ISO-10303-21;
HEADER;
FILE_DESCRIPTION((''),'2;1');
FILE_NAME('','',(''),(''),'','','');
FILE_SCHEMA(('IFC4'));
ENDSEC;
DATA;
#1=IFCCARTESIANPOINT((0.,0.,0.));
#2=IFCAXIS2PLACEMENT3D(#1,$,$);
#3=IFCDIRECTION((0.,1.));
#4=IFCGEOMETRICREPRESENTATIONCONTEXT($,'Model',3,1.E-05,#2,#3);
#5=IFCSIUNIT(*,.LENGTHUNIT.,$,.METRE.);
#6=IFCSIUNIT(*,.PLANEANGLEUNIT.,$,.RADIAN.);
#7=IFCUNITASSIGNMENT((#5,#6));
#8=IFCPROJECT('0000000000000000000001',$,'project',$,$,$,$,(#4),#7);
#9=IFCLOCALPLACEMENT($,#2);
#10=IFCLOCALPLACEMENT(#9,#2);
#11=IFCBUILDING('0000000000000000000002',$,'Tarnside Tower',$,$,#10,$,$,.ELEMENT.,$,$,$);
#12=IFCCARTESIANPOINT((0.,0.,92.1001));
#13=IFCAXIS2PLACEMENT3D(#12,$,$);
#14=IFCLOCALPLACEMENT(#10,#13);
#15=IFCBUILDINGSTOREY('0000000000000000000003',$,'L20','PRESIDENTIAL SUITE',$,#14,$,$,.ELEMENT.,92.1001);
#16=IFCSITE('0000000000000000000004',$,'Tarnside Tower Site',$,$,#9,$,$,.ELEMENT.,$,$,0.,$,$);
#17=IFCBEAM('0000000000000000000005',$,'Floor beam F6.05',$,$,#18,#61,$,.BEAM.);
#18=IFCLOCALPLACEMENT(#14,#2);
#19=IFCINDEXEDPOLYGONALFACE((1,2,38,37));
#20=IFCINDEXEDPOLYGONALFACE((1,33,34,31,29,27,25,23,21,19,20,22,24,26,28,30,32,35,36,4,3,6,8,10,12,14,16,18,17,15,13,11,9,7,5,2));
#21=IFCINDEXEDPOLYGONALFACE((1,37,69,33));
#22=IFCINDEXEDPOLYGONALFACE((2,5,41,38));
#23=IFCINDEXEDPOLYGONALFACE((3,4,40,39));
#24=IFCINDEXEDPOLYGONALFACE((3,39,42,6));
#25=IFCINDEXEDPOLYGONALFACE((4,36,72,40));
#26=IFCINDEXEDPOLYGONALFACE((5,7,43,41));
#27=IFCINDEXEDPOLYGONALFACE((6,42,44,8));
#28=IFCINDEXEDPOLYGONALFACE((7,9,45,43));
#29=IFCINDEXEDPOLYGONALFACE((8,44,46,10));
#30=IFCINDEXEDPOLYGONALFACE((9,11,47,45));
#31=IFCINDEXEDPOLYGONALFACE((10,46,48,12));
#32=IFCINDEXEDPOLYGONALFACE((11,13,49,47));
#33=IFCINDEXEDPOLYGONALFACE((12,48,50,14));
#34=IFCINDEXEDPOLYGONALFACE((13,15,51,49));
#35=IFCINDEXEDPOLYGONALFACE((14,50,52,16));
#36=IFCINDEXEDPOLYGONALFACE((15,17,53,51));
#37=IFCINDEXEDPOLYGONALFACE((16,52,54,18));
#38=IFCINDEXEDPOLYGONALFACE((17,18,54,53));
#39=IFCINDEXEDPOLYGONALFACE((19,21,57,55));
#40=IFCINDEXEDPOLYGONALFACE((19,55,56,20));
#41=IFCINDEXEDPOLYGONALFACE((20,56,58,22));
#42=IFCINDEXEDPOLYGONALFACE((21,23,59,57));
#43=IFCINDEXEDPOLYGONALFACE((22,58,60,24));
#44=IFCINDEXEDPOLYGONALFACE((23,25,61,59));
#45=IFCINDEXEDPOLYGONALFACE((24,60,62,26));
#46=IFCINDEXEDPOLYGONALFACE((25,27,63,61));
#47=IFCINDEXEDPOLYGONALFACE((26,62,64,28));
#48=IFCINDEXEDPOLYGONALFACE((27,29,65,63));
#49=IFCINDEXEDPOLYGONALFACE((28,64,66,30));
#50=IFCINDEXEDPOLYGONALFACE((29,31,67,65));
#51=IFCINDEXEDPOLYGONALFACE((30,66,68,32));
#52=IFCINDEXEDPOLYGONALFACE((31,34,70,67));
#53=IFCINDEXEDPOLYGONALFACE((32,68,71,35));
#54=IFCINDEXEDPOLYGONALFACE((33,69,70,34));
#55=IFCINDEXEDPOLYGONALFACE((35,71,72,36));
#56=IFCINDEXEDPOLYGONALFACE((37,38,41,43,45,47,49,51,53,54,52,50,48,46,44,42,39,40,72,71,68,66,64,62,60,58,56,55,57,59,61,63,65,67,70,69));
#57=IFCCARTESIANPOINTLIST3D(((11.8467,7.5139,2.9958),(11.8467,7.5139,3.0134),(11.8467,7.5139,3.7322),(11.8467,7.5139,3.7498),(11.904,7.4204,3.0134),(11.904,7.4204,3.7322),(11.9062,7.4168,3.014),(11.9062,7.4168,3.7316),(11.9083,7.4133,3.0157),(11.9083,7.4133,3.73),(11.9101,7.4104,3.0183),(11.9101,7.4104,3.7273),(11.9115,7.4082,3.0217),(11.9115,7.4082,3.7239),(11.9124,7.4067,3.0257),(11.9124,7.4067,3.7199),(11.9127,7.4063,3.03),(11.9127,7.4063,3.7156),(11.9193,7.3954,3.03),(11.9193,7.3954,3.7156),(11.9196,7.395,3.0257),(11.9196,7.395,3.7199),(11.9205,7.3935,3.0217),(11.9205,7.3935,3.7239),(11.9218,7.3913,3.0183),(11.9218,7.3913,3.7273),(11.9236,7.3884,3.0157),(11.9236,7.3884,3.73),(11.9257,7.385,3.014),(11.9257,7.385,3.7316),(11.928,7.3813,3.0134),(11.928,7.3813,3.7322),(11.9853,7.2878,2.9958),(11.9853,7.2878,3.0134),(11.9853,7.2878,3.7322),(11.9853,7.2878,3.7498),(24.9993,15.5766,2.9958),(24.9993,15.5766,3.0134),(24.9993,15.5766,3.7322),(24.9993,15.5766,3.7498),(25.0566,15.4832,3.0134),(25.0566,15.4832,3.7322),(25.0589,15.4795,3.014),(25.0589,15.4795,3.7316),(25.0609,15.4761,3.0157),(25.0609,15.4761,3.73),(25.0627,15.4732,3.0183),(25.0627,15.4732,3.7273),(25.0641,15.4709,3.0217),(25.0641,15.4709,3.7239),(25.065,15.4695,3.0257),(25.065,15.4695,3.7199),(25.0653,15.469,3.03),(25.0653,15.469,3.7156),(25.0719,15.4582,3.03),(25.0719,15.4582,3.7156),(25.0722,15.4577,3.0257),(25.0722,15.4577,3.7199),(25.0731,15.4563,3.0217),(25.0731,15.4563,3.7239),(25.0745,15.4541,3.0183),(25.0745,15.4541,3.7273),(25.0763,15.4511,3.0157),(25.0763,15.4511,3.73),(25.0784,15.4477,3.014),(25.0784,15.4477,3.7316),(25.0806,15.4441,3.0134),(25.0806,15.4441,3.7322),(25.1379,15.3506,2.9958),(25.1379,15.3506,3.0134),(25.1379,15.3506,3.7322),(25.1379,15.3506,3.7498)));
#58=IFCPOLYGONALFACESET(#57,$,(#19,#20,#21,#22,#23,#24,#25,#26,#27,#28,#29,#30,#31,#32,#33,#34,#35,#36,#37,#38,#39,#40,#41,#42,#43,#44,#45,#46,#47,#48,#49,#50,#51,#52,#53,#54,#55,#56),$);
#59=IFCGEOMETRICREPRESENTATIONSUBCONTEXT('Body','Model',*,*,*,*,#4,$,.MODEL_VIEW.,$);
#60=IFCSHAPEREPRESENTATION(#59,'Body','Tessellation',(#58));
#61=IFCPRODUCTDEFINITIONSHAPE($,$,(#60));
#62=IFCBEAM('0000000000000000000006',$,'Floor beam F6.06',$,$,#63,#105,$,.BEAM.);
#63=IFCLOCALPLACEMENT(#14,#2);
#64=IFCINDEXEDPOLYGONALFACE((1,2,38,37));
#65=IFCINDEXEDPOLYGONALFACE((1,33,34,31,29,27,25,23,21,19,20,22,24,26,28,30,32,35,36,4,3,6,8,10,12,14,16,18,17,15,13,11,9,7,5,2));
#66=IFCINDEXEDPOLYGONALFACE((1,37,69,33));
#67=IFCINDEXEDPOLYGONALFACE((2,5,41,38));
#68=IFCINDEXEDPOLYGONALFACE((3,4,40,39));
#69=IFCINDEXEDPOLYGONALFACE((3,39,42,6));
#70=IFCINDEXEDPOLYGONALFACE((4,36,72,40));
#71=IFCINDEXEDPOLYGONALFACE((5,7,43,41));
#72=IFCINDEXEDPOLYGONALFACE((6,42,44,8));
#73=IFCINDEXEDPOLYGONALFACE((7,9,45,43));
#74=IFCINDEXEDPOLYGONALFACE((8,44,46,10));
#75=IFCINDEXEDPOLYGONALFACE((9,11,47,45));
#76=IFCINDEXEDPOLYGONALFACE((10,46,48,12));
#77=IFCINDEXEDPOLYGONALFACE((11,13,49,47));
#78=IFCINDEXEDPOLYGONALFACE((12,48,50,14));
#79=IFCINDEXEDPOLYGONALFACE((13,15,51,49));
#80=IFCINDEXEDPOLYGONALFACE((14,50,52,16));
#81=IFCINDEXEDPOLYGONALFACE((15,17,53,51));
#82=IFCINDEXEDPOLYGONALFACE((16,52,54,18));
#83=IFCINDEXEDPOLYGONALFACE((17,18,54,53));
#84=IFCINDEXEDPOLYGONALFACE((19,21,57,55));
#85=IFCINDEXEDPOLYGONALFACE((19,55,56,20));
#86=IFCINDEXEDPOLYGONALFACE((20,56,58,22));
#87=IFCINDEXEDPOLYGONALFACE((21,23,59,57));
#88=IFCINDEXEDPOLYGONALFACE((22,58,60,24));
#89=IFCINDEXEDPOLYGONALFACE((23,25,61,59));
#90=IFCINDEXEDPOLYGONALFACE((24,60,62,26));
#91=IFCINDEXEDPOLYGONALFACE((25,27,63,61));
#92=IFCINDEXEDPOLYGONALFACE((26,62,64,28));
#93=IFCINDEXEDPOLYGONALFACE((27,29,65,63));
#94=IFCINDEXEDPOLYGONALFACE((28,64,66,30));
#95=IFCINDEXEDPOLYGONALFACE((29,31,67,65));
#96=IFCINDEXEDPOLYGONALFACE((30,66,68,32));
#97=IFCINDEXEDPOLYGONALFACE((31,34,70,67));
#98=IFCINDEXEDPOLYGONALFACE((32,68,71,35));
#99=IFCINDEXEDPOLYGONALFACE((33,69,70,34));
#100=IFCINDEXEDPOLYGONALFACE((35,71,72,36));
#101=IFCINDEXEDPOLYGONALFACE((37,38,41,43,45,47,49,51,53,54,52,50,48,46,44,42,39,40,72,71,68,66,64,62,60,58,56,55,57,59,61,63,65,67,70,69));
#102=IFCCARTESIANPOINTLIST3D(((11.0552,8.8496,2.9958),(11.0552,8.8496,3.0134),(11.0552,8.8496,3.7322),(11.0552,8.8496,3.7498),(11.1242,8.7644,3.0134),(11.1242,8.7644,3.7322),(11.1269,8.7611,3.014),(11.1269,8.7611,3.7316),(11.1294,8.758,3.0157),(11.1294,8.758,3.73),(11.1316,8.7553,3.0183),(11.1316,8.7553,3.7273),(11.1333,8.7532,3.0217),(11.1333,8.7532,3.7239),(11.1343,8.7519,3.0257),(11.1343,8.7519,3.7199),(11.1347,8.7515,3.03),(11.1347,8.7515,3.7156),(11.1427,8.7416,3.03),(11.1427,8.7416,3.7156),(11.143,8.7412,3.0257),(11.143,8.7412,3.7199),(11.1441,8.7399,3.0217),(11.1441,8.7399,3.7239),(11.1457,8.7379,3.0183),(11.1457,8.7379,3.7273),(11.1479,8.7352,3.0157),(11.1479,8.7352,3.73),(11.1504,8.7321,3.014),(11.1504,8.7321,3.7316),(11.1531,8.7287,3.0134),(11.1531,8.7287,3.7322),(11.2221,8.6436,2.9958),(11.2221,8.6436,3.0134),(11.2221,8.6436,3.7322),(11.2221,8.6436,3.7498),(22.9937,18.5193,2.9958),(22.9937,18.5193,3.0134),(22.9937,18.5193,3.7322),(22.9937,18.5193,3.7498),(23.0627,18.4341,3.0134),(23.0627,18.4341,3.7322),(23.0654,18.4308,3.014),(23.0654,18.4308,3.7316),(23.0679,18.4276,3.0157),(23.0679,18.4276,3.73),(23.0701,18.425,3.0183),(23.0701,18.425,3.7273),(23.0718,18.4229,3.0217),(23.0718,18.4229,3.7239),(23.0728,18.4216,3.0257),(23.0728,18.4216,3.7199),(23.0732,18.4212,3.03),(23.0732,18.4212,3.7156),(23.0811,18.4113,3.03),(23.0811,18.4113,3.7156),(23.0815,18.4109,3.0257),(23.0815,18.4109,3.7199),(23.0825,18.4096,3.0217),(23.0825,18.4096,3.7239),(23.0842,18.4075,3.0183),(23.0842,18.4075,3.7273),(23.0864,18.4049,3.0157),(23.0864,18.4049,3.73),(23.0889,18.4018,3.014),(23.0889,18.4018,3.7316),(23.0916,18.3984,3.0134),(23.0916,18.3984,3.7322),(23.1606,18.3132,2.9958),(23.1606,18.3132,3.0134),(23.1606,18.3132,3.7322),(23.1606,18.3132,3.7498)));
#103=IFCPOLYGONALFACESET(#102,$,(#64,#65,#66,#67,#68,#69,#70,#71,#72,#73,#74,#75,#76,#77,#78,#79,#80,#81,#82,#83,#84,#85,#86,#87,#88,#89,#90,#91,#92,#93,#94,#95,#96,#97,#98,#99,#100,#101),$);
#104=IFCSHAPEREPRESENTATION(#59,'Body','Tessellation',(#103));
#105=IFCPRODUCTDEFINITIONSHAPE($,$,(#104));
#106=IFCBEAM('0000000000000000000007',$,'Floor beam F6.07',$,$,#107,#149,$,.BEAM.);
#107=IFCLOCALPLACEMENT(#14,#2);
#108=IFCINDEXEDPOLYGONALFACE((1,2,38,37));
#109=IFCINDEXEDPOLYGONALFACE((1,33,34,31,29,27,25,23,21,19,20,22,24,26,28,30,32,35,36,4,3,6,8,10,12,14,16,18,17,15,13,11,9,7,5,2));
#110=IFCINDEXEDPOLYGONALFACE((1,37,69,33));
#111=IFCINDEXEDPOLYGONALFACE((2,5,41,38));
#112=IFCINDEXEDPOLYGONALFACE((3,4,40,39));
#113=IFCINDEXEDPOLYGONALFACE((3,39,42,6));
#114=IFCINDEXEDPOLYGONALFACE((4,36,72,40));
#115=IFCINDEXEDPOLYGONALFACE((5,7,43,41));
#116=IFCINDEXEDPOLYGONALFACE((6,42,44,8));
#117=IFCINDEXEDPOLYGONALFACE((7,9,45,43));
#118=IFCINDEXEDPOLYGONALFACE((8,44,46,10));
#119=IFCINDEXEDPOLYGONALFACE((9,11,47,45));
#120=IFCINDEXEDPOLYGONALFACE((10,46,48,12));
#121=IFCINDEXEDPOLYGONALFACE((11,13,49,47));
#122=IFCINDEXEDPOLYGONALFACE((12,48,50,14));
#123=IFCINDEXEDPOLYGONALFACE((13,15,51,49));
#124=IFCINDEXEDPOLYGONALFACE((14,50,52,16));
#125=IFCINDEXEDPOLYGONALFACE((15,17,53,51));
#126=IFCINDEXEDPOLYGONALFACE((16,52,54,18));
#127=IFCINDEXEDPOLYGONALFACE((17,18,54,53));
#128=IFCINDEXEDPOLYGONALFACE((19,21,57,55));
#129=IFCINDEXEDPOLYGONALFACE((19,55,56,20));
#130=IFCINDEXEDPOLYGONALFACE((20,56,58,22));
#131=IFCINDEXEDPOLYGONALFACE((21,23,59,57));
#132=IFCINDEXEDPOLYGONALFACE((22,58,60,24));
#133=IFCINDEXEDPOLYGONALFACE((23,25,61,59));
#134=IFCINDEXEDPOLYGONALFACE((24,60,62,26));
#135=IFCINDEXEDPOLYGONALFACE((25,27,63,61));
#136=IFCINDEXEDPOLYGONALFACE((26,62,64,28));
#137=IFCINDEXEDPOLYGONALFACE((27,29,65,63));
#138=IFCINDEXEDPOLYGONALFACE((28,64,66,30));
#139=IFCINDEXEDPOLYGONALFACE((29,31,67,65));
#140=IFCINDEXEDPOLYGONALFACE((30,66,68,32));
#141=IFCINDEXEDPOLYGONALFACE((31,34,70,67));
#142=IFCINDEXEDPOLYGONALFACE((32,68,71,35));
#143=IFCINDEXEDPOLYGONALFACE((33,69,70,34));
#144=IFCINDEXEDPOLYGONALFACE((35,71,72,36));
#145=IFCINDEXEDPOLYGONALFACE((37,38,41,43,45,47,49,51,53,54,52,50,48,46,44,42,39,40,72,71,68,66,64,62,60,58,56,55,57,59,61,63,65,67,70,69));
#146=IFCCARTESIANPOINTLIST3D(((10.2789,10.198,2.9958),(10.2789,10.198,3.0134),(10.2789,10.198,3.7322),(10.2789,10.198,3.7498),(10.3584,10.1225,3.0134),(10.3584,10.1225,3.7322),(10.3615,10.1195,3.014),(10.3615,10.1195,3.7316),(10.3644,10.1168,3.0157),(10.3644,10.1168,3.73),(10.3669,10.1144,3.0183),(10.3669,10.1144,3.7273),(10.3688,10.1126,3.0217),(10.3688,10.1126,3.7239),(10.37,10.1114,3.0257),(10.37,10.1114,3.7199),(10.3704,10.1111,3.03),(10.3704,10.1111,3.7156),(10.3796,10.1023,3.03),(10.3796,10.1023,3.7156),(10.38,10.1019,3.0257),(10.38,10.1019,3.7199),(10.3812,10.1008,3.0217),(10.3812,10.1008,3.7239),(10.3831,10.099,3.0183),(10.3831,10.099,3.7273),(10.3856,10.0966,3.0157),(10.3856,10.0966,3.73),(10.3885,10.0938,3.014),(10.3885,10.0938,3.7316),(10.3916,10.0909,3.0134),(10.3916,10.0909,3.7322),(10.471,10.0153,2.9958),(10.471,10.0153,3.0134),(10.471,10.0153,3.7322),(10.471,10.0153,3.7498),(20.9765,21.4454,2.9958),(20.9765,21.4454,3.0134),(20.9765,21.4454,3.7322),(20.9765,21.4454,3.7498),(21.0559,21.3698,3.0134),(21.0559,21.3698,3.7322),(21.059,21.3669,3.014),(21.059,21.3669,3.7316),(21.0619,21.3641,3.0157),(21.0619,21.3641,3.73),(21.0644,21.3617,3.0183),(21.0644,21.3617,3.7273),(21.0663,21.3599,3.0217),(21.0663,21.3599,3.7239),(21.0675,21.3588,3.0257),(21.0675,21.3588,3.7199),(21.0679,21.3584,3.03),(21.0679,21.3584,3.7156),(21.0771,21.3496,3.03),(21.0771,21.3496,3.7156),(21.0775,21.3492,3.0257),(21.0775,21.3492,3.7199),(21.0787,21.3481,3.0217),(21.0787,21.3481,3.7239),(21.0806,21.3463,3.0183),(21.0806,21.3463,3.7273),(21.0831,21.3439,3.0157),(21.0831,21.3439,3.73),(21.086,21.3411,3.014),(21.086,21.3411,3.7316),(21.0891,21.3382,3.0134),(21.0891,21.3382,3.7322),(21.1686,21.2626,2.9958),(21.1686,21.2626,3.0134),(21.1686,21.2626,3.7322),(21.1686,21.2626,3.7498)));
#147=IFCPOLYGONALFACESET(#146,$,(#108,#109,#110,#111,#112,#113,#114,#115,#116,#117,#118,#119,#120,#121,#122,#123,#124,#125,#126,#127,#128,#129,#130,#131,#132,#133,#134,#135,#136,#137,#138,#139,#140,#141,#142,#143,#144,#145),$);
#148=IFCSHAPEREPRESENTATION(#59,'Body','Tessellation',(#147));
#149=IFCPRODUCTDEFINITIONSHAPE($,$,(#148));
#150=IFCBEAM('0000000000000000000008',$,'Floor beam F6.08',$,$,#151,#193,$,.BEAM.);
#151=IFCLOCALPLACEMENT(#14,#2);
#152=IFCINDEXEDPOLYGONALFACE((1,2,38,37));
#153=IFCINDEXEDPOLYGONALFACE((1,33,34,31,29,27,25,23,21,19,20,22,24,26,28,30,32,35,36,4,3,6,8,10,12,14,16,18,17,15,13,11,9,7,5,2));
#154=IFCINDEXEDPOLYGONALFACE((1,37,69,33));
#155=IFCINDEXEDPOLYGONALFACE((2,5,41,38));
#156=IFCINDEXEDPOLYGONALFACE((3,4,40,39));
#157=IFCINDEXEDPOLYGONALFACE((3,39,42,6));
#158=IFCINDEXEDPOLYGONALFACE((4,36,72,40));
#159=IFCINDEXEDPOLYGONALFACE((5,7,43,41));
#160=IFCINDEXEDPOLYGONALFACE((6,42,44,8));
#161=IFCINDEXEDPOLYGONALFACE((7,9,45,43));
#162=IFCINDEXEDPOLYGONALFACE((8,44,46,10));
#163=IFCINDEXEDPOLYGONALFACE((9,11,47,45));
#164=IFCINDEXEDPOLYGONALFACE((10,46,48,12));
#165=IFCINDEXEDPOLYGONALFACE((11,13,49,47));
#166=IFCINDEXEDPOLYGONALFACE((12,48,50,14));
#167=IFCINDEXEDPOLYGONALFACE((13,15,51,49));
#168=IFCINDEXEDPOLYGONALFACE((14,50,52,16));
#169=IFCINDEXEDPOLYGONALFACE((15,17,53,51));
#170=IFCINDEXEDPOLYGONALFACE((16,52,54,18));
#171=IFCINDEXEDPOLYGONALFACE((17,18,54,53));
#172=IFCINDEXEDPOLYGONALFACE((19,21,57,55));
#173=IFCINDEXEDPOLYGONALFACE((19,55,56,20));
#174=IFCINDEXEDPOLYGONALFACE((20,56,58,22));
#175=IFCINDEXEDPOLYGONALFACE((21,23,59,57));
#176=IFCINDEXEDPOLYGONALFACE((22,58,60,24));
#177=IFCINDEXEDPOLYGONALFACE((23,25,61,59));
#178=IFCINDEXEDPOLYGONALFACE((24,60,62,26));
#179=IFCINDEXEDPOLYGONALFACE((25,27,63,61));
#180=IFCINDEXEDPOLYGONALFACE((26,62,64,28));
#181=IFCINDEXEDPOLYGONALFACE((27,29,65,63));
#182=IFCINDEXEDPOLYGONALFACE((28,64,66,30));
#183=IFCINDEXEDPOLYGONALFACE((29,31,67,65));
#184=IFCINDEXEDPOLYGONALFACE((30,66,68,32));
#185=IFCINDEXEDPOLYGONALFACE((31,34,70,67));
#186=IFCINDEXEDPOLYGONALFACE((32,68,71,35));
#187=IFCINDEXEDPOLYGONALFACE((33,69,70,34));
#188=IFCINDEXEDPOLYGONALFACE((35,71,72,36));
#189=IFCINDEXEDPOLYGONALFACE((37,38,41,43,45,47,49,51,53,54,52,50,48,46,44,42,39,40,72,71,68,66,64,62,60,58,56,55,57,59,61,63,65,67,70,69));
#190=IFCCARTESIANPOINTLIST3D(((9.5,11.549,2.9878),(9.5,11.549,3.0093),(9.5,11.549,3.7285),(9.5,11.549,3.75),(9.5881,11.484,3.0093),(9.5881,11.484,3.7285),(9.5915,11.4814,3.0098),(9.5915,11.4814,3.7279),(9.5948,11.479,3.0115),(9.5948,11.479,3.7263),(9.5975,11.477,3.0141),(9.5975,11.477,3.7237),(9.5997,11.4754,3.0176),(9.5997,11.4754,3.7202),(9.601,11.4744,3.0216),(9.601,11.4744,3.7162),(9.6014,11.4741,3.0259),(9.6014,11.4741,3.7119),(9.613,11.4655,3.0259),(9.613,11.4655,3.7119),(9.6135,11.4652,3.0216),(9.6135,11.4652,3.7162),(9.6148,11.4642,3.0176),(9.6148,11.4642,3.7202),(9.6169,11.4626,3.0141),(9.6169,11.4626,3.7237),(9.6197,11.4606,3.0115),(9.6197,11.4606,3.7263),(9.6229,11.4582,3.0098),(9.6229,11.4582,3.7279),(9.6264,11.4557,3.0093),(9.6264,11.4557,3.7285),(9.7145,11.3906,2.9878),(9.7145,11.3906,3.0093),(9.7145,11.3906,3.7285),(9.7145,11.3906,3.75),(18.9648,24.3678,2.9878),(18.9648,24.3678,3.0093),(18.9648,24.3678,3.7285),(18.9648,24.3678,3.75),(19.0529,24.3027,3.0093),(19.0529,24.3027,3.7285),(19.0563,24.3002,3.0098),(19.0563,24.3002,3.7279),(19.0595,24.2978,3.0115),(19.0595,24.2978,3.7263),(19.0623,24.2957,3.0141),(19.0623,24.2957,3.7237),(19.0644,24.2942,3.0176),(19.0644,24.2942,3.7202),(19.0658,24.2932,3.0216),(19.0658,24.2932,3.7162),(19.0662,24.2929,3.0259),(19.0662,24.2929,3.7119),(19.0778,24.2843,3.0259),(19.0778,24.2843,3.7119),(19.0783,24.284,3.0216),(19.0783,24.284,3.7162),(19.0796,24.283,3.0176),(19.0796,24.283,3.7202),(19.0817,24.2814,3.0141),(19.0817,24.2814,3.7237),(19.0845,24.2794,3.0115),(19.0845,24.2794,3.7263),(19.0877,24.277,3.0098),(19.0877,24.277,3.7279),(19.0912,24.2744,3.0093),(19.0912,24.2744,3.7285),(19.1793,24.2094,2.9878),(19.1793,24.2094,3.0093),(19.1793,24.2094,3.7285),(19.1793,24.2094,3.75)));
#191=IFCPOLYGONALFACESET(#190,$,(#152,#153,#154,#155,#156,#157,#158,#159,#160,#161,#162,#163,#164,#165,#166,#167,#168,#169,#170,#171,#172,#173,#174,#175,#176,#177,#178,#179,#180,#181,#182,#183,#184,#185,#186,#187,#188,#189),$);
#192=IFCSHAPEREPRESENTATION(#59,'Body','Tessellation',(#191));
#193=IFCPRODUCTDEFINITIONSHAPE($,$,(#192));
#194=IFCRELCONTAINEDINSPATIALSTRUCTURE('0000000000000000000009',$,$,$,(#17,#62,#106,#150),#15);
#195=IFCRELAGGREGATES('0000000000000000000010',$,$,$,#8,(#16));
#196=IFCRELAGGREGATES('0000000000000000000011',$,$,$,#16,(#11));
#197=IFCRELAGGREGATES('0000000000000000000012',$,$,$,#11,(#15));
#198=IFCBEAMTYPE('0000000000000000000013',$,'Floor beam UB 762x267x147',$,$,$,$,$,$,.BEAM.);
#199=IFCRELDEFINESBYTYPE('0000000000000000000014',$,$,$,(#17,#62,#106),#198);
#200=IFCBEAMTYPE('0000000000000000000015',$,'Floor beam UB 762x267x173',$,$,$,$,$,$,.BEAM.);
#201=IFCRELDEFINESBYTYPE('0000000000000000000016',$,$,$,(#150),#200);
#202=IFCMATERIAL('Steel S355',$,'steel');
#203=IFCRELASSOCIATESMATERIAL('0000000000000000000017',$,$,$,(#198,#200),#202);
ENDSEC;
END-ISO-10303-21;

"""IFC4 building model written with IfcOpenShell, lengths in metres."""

from ifc_helpers import new_model, si_unit, direction, frame, origin, origin_2d, place, context, subcontext, project, spatial, i_section, extrude, material, material_profile, profile_set, type_object, element, save


model = new_model("IFC4")

# Units and contexts
model_context = context("Model", 3, precision=1e-05, world=origin(), true_north=direction((0.0, 1.0)))
body_context = subcontext(model_context, "Body", "Model", "MODEL_VIEW")
ifc_project = project(units=[si_unit("LENGTHUNIT", "METRE"), si_unit("PLANEANGLEUNIT", "RADIAN")], contexts=[model_context])

# Site, building, storey
site_placement = place(None, origin())
site = spatial("IfcSite", under=ifc_project, at=site_placement, Name="Tarnside Tower Site", CompositionType="ELEMENT", RefElevation=0.0)
building_placement = place(site_placement, origin())
building = spatial("IfcBuilding", under=site, at=building_placement, Name="Tarnside Tower", CompositionType="ELEMENT")
storey_placement = place(building_placement, frame((0.0, 0.0, 92.1001)))
storey = spatial("IfcBuildingStorey", under=building, at=storey_placement, Name="L20", Description="PRESIDENTIAL SUITE", CompositionType="ELEMENT", Elevation=92.1001)

# Beams
ifc_material_1 = material(Name="Steel S355", Category="steel")
ifc_material_profile_1 = material_profile(ifc_material_1, i_section(OverallWidth=0.2651, OverallDepth=0.7539, WebThickness=0.0127, FlangeThickness=0.0176, FilletRadius=0.0166, at=origin_2d()), Name="UB 762x267x147")
ifc_profile_set_1 = profile_set([ifc_material_profile_1], Name="Steel S355")
beam_type_1 = type_object("IfcBeamType", Name="Floor beam UB 762x267x147", PredefinedType="BEAM", material=ifc_profile_set_1)
beam_1_placement = place(storey_placement, frame((25.0686, 15.4636, 3.3728), z_axis=(-0.852558, -0.522632, 0.0), x_axis=(0.522632, -0.852558, 0.0)))
element("IfcBeam", 1, at=beam_1_placement, inside=storey, type_object=beam_type_1, Name="Floor beam F6.05", PredefinedType="BEAM", context=body_context, shape_type="SweptSolid", body=[
    extrude(i_section(OverallWidth=0.2651, OverallDepth=0.7539, WebThickness=0.0127, FlangeThickness=0.0176, FilletRadius=0.0166, at=origin_2d()), origin(), (0.0, 0.0, 1.0), 15.4272),
])
beam_2_placement = place(storey_placement, frame((23.0771, 18.4163, 3.3728), z_axis=(-0.777079, -0.629403, 0.0), x_axis=(0.629403, -0.777079, 0.0)))
element("IfcBeam", 2, at=beam_2_placement, inside=storey, type_object=beam_type_1, Name="Floor beam F6.06", PredefinedType="BEAM", context=body_context, shape_type="SweptSolid", body=[
    extrude(i_section(OverallWidth=0.2651, OverallDepth=0.7539, WebThickness=0.0127, FlangeThickness=0.0176, FilletRadius=0.0166, at=origin_2d()), origin(), (0.0, 0.0, 1.0), 15.3633),
])
beam_3_placement = place(storey_placement, frame((21.0725, 21.354, 3.3728), z_axis=(-0.689175, -0.724595, 0.0), x_axis=(0.724595, -0.689175, 0.0)))
element("IfcBeam", 3, at=beam_3_placement, inside=storey, type_object=beam_type_1, Name="Floor beam F6.07", PredefinedType="BEAM", context=body_context, shape_type="SweptSolid", body=[
    extrude(i_section(OverallWidth=0.2651, OverallDepth=0.7539, WebThickness=0.0127, FlangeThickness=0.0176, FilletRadius=0.0166, at=origin_2d()), origin(), (0.0, 0.0, 1.0), 15.5222),
])
ifc_material_profile_2 = material_profile(ifc_material_1, i_section(OverallWidth=0.2666, OverallDepth=0.7622, WebThickness=0.0144, FlangeThickness=0.0215, FilletRadius=0.0166, at=origin_2d()), Name="UB 762x267x173")
ifc_profile_set_2 = profile_set([ifc_material_profile_2], Name="Steel S355")
beam_type_2 = type_object("IfcBeamType", Name="Floor beam UB 762x267x173", PredefinedType="BEAM", material=ifc_profile_set_2)
beam_4_placement = place(storey_placement, frame((19.072, 24.2886, 3.3689), z_axis=(-0.593987, -0.804475, 0.0), x_axis=(0.804475, -0.593987, 0.0)))
element("IfcBeam", 4, at=beam_4_placement, inside=storey, type_object=beam_type_2, Name="Floor beam F6.08", PredefinedType="BEAM", context=body_context, shape_type="SweptSolid", body=[
    extrude(i_section(OverallWidth=0.2666, OverallDepth=0.7622, WebThickness=0.0144, FlangeThickness=0.0215, FilletRadius=0.0166, at=origin_2d()), origin(), (0.0, 0.0, 1.0), 15.9343),
])

save(model, "model.ifc")
